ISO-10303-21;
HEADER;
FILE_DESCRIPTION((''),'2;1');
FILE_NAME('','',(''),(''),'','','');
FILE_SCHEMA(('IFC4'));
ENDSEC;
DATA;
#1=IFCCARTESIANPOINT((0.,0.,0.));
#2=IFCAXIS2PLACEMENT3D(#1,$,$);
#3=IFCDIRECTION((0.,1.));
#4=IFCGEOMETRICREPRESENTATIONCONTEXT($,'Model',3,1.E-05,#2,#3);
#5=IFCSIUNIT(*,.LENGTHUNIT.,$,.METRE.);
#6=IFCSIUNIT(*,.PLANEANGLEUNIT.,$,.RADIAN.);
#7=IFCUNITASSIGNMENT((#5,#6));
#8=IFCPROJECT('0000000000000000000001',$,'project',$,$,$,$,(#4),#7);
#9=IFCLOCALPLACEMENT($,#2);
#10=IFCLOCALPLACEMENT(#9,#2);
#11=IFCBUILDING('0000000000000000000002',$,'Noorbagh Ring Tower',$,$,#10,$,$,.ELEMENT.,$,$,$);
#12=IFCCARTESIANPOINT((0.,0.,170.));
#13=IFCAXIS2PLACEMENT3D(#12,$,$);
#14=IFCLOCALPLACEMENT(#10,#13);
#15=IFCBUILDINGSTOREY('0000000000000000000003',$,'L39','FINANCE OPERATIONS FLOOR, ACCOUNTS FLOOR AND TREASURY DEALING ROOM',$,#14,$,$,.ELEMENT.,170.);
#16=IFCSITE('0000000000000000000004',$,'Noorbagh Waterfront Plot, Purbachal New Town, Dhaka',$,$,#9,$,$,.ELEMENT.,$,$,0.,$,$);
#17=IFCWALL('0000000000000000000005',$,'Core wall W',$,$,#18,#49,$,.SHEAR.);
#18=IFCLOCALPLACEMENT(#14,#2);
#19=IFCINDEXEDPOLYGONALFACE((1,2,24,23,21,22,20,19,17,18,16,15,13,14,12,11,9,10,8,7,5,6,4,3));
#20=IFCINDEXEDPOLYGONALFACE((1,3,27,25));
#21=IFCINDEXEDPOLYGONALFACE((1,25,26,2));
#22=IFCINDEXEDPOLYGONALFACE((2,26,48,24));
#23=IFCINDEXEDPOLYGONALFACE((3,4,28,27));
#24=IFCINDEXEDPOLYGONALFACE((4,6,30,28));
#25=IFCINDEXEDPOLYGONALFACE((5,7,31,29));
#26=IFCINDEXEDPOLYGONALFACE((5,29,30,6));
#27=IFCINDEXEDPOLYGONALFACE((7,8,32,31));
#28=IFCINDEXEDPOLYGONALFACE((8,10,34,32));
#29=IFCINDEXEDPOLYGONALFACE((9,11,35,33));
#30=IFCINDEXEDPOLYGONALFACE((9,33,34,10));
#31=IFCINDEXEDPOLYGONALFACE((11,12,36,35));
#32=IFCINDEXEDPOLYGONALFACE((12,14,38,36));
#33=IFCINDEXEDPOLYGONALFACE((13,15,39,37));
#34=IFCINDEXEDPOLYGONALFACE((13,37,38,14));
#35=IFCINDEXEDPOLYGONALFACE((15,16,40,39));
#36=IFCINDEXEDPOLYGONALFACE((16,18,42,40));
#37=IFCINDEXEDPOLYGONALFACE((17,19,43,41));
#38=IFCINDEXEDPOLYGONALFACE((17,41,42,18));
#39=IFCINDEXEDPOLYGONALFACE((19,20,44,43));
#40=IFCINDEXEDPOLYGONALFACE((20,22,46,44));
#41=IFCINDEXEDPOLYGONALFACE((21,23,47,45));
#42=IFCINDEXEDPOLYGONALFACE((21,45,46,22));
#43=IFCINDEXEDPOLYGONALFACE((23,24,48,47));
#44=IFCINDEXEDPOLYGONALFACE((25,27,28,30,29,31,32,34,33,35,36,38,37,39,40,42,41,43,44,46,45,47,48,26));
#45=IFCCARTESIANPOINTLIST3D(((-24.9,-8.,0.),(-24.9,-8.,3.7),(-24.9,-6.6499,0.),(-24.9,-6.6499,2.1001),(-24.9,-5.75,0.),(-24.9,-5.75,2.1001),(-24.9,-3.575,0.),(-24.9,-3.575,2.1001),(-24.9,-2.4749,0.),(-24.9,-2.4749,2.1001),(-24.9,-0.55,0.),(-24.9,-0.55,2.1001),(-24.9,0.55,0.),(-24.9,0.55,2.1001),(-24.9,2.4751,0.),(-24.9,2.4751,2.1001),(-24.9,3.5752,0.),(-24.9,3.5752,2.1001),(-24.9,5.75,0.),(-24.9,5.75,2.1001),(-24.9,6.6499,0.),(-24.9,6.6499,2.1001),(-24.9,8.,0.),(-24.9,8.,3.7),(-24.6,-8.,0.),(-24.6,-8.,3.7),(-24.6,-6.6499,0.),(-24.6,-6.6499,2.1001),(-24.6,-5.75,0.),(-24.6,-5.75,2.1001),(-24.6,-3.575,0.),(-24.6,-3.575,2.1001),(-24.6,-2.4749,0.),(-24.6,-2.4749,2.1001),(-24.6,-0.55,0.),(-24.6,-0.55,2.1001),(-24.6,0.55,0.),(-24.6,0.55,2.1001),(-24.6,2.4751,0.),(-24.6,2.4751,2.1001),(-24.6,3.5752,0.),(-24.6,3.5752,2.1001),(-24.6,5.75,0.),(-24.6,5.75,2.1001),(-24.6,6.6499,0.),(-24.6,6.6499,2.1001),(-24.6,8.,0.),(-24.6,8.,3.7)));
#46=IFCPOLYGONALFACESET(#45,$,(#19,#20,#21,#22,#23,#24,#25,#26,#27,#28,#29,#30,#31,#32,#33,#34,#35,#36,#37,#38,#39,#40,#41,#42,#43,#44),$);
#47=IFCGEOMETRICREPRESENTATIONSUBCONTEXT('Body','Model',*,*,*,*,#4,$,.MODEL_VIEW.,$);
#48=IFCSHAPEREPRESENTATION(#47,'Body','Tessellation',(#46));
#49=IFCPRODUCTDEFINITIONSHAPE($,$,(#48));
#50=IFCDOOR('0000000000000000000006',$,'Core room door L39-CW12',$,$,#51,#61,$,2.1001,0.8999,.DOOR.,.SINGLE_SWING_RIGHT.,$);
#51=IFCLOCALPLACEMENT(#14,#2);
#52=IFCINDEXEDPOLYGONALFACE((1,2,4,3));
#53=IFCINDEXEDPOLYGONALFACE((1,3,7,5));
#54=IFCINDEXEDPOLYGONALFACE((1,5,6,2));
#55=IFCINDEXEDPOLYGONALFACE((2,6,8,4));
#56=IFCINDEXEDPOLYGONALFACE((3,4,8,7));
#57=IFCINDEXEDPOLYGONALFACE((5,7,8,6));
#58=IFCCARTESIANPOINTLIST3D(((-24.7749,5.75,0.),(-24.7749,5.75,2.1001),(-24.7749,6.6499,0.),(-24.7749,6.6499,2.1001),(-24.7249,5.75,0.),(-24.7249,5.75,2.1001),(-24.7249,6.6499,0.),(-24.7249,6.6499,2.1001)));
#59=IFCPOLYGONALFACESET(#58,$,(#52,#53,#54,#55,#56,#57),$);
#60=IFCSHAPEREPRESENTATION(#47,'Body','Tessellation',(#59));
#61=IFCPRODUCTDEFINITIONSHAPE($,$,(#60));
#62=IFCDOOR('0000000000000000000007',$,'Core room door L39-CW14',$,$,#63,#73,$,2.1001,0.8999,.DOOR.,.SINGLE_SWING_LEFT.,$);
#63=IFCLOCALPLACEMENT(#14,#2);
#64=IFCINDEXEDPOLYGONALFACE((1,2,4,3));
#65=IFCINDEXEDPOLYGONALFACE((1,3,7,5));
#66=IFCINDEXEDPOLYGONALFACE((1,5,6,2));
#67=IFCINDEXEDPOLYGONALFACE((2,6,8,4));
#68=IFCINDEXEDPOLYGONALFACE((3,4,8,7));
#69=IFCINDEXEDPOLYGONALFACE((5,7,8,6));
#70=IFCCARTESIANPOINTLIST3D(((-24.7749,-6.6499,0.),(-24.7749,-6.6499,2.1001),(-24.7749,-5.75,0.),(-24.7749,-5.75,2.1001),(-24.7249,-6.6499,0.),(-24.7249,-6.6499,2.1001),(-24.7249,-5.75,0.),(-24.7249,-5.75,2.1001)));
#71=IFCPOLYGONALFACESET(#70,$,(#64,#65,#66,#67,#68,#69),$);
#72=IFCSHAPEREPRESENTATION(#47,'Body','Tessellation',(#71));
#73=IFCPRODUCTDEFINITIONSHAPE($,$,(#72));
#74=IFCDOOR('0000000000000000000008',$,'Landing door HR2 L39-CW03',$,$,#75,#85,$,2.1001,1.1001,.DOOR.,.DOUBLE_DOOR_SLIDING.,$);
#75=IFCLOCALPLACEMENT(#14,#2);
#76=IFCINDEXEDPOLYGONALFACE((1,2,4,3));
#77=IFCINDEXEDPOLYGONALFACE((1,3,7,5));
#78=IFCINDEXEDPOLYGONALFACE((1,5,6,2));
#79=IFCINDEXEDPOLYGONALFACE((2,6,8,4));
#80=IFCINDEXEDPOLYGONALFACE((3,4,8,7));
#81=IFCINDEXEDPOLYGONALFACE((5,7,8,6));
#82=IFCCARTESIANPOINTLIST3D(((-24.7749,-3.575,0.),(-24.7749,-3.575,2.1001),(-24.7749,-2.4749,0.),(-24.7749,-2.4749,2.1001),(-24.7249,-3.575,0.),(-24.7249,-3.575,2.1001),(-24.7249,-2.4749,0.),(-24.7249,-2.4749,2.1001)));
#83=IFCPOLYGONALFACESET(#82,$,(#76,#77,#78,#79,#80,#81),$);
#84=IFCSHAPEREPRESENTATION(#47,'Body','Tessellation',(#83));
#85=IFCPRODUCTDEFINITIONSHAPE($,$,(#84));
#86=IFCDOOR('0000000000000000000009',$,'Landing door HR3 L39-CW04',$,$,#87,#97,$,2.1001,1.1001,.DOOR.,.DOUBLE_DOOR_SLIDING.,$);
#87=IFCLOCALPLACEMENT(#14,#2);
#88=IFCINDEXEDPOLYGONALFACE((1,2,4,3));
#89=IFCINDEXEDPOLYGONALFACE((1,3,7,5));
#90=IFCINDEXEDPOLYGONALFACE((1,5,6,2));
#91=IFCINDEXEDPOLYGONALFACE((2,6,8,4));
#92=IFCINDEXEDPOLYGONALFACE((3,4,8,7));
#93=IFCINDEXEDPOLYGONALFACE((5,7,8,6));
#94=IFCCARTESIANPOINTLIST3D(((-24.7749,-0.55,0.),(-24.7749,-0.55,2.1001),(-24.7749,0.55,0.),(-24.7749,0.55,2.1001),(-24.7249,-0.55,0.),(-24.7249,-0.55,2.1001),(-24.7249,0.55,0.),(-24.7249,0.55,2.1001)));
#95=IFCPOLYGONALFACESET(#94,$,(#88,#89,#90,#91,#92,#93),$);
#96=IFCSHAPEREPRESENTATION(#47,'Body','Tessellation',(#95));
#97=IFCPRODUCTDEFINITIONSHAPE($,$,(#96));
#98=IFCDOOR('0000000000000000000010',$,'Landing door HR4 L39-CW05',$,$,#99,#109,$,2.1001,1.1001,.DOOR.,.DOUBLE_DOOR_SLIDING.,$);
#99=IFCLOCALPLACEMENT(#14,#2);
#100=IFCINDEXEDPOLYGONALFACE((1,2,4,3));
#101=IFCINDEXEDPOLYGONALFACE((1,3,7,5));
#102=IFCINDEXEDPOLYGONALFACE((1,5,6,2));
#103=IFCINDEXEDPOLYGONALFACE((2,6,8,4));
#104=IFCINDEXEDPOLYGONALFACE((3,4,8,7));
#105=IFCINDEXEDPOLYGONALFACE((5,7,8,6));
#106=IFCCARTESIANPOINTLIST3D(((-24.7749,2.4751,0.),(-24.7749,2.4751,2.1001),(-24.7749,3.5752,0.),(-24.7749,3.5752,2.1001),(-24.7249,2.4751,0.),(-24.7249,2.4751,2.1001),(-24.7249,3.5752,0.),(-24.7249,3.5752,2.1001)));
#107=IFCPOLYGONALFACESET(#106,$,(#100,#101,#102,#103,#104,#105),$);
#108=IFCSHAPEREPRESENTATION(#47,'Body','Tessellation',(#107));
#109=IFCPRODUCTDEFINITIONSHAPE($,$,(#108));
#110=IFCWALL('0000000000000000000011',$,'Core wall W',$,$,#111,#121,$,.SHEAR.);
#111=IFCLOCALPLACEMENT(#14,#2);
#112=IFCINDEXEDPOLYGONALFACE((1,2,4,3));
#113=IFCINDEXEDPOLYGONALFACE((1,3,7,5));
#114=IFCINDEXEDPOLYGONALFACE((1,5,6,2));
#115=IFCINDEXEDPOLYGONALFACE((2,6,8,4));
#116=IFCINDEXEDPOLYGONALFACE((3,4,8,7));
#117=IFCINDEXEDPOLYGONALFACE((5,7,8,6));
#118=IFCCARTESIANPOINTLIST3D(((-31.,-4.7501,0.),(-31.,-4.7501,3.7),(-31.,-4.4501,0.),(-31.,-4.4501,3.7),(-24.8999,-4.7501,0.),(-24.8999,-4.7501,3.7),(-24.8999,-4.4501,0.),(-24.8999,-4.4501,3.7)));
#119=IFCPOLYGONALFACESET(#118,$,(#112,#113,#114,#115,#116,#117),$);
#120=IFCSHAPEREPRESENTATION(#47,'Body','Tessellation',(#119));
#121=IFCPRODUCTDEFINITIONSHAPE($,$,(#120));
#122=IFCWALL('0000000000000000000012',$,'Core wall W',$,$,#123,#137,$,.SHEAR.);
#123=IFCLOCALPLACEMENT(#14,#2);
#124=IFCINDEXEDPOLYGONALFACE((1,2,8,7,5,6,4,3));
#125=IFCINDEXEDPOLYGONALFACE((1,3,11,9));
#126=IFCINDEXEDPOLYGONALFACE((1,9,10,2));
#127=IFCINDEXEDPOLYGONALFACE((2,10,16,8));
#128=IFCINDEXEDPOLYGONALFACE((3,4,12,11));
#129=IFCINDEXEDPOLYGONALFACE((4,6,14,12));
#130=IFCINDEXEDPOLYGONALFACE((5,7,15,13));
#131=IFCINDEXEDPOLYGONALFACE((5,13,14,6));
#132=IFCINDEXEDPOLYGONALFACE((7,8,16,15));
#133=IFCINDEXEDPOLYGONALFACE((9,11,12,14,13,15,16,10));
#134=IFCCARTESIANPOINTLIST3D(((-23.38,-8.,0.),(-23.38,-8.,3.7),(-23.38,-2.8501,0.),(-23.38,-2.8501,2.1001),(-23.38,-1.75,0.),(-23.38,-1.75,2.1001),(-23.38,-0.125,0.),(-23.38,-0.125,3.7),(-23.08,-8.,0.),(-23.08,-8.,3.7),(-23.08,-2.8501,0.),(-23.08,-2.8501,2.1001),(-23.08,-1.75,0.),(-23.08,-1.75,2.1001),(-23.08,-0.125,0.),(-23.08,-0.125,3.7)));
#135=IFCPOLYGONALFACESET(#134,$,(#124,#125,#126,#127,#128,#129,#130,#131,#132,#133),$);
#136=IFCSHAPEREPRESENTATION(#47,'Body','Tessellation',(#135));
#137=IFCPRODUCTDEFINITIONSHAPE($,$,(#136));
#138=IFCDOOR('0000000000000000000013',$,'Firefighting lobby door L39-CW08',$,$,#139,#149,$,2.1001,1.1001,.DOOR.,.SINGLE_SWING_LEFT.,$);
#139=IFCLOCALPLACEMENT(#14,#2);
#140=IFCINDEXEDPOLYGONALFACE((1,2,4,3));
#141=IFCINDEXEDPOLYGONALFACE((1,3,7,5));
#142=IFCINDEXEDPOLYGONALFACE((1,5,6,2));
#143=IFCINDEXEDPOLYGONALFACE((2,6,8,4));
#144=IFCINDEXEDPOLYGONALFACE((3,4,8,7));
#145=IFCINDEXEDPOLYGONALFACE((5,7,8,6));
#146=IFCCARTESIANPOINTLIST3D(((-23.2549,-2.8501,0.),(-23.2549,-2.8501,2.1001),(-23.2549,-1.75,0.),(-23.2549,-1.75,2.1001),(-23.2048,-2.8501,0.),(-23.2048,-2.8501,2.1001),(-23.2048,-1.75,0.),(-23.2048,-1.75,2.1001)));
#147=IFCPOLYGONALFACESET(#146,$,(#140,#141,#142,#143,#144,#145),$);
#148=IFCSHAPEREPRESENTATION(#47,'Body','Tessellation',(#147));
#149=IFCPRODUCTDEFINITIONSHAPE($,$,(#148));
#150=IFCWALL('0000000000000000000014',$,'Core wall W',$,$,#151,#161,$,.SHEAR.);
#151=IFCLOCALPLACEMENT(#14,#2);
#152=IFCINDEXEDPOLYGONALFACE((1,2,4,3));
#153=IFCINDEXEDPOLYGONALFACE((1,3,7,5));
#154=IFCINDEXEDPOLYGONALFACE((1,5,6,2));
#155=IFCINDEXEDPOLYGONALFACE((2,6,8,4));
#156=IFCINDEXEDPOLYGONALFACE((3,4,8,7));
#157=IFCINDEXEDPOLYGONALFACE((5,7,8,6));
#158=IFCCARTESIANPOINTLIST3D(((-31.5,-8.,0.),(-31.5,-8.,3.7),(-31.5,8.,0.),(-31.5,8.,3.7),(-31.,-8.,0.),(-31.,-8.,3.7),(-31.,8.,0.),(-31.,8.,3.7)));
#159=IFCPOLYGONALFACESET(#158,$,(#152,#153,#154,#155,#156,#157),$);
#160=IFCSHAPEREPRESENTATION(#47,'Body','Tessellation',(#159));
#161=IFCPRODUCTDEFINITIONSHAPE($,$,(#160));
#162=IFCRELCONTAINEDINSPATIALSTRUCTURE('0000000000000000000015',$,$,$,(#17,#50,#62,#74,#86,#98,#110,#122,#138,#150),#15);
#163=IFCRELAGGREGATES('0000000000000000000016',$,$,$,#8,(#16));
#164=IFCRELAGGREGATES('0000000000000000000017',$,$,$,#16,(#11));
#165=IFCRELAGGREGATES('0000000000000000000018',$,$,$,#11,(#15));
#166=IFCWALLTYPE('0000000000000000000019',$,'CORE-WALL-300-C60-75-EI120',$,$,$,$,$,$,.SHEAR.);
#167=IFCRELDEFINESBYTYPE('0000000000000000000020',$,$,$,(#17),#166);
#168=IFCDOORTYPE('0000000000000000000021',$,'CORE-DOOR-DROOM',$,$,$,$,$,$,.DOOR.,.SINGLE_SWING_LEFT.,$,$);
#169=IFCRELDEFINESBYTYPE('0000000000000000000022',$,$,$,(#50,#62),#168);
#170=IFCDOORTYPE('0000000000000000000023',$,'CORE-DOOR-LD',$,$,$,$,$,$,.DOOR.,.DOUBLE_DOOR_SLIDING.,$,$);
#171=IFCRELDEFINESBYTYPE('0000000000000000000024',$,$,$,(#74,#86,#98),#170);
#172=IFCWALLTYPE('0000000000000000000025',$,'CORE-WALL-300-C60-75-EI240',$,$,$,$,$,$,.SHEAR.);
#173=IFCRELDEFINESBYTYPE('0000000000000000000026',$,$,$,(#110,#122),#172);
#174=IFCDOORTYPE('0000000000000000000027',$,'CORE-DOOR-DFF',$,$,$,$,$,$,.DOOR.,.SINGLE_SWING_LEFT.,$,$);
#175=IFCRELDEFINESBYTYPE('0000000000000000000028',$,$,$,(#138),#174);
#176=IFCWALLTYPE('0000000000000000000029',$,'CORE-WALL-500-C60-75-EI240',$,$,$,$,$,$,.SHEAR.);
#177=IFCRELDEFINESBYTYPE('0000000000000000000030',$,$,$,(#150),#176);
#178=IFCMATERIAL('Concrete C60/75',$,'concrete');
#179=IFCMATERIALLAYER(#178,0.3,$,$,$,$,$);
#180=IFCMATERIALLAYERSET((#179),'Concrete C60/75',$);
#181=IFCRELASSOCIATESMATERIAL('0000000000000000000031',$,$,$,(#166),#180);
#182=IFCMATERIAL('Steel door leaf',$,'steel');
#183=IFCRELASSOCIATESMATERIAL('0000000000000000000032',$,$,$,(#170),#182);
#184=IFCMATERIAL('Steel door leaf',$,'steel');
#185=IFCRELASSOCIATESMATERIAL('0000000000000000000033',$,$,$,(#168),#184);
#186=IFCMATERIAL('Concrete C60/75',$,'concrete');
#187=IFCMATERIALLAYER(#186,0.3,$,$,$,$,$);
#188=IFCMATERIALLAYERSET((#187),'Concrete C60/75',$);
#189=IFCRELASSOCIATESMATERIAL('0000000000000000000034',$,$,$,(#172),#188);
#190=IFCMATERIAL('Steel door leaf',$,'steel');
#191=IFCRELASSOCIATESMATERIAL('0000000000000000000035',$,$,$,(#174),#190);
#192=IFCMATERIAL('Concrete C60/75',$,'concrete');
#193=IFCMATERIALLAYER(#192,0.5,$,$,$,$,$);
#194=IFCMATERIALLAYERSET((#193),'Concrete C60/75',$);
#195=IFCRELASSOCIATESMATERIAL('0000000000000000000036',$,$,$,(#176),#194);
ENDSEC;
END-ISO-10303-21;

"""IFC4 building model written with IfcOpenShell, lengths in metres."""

from ifc_helpers import new_model, si_unit, direction, frame, frame_2d, origin, place, context, subcontext, project, spatial, rectangle, extrude, material, layer, layer_set, type_object, element, fill, save


model = new_model("IFC4")

# Units and contexts
model_context = context("Model", 3, precision=1e-05, world=origin(), true_north=direction((0.0, 1.0)))
body_context = subcontext(model_context, "Body", "Model", "MODEL_VIEW")
ifc_project = project(units=[si_unit("LENGTHUNIT", "METRE"), si_unit("PLANEANGLEUNIT", "RADIAN")], contexts=[model_context])

# Site, building, storey
site_placement = place(None, origin())
site = spatial("IfcSite", under=ifc_project, at=site_placement, Name="Noorbagh Waterfront Plot, Purbachal New Town, Dhaka", CompositionType="ELEMENT", RefElevation=0.0)
building_placement = place(site_placement, origin())
building = spatial("IfcBuilding", under=site, at=building_placement, Name="Noorbagh Ring Tower", CompositionType="ELEMENT")
storey_placement = place(building_placement, frame((0.0, 0.0, 170.0)))
storey = spatial("IfcBuildingStorey", under=building, at=storey_placement, Name="L39", Description="FINANCE OPERATIONS FLOOR, ACCOUNTS FLOOR AND TREASURY DEALING ROOM", CompositionType="ELEMENT", Elevation=170.0)

# Shared definitions
ifc_material_1 = material(Name="Concrete C60/75", Category="concrete")
ifc_layer_1 = layer(ifc_material_1, 0.3)
ifc_layer_set_1 = layer_set([ifc_layer_1], Name="Concrete C60/75")
wall_type_1 = type_object("IfcWallType", Name="CORE-WALL-300-C60-75-EI120", PredefinedType="SHEAR", material=ifc_layer_set_1)

# Wall, openings, doors
ifc_material_2 = material(Name="Steel door leaf", Category="steel")
door_type_1 = type_object("IfcDoorType", Name="CORE-DOOR-LD", OperationType="DOUBLE_DOOR_SLIDING", PredefinedType="DOOR", material=ifc_material_2)
wall_1_placement = place(storey_placement, frame((-24.75, -8.0, 0.0), z_axis=(0.0, 0.0, 1.0), x_axis=(0.0, 1.0, 0.0)))
wall_1 = element("IfcWall", 1, at=wall_1_placement, inside=storey, type_object=wall_type_1, Name="Core wall W", PredefinedType="SHEAR", context=body_context, shape_type="SweptSolid", body=[
    extrude(rectangle(XDim=16.0, YDim=0.3, at=frame_2d((8.0, 0.0))), origin(), (0.0, 0.0, 1.0), 3.7),
])
opening_1_placement = place(wall_1_placement, frame((4.425, 0.0, 0.0)))
opening_1 = element("IfcOpeningElement", 2, at=opening_1_placement, cuts=wall_1, PredefinedType="OPENING", context=body_context, shape_type="SweptSolid", body=[
    extrude(rectangle(XDim=1.1001, YDim=2.1001, at=frame_2d((0.55, 1.05))), frame((0.0, 0.1602, 0.0), z_axis=(0.0, -1.0, 0.0), x_axis=(1.0, 0.0, 0.0)), (0.0, 0.0, 1.0), 0.3201),
])
opening_2_placement = place(wall_1_placement, frame((7.45, 0.0, 0.0)))
opening_2 = element("IfcOpeningElement", 3, at=opening_2_placement, cuts=wall_1, PredefinedType="OPENING", context=body_context, shape_type="SweptSolid", body=[
    extrude(rectangle(XDim=1.1001, YDim=2.1001, at=frame_2d((0.55, 1.05))), frame((0.0, 0.1602, 0.0), z_axis=(0.0, -1.0, 0.0), x_axis=(1.0, 0.0, 0.0)), (0.0, 0.0, 1.0), 0.3201),
])
opening_3_placement = place(wall_1_placement, frame((10.4751, 0.0, 0.0)))
opening_3 = element("IfcOpeningElement", 4, at=opening_3_placement, cuts=wall_1, PredefinedType="OPENING", context=body_context, shape_type="SweptSolid", body=[
    extrude(rectangle(XDim=1.1001, YDim=2.1001, at=frame_2d((0.55, 1.05))), frame((0.0, 0.1602, 0.0), z_axis=(0.0, -1.0, 0.0), x_axis=(1.0, 0.0, 0.0)), (0.0, 0.0, 1.0), 0.3201),
])
opening_4_placement = place(wall_1_placement, frame((13.75, 0.0, 0.0)))
opening_4 = element("IfcOpeningElement", 5, at=opening_4_placement, cuts=wall_1, PredefinedType="OPENING", context=body_context, shape_type="SweptSolid", body=[
    extrude(rectangle(XDim=0.8999, YDim=2.1001, at=frame_2d((0.45, 1.05))), frame((0.0, 0.1602, 0.0), z_axis=(0.0, -1.0, 0.0), x_axis=(1.0, 0.0, 0.0)), (0.0, 0.0, 1.0), 0.3201),
])
opening_5_placement = place(wall_1_placement, frame((1.3501, 0.0, 0.0)))
opening_5 = element("IfcOpeningElement", 6, at=opening_5_placement, cuts=wall_1, PredefinedType="OPENING", context=body_context, shape_type="SweptSolid", body=[
    extrude(rectangle(XDim=0.8999, YDim=2.1001, at=frame_2d((0.45, 1.05))), frame((0.0, 0.1602, 0.0), z_axis=(0.0, -1.0, 0.0), x_axis=(1.0, 0.0, 0.0)), (0.0, 0.0, 1.0), 0.3201),
])
ifc_material_3 = material(Name="Steel door leaf", Category="steel")
door_type_2 = type_object("IfcDoorType", Name="CORE-DOOR-DROOM", OperationType="SINGLE_SWING_LEFT", PredefinedType="DOOR", material=ifc_material_3)
door_1_placement = place(opening_4_placement, origin())
door_1 = element("IfcDoor", 7, at=door_1_placement, inside=storey, type_object=door_type_2, Name="Core room door L39-CW12", OperationType="SINGLE_SWING_RIGHT", OverallHeight=2.1001, OverallWidth=0.8999, PredefinedType="DOOR", context=body_context, shape_type="SweptSolid", body=[
    extrude(rectangle(XDim=0.8999, YDim=2.1001, at=frame_2d((0.45, 1.05))), frame((0.0, 0.0249, 0.0), z_axis=(0.0, -1.0, 0.0), x_axis=(1.0, 0.0, 0.0)), (0.0, 0.0, 1.0), 0.05),
])
fill(opening_4, door_1)
door_2_placement = place(opening_5_placement, origin())
door_2 = element("IfcDoor", 8, at=door_2_placement, inside=storey, type_object=door_type_2, Name="Core room door L39-CW14", OperationType="SINGLE_SWING_LEFT", OverallHeight=2.1001, OverallWidth=0.8999, PredefinedType="DOOR", context=body_context, shape_type="SweptSolid", body=[
    extrude(rectangle(XDim=0.8999, YDim=2.1001, at=frame_2d((0.45, 1.05))), frame((0.0, 0.0249, 0.0), z_axis=(0.0, -1.0, 0.0), x_axis=(1.0, 0.0, 0.0)), (0.0, 0.0, 1.0), 0.05),
])
fill(opening_5, door_2)
door_3_placement = place(opening_1_placement, origin())
door_3 = element("IfcDoor", 9, at=door_3_placement, inside=storey, type_object=door_type_1, Name="Landing door HR2 L39-CW03", OperationType="DOUBLE_DOOR_SLIDING", OverallHeight=2.1001, OverallWidth=1.1001, PredefinedType="DOOR", context=body_context, shape_type="SweptSolid", body=[
    extrude(rectangle(XDim=1.1001, YDim=2.1001, at=frame_2d((0.55, 1.05))), frame((0.0, 0.0249, 0.0), z_axis=(0.0, -1.0, 0.0), x_axis=(1.0, 0.0, 0.0)), (0.0, 0.0, 1.0), 0.05),
])
fill(opening_1, door_3)
door_4_placement = place(opening_2_placement, origin())
door_4 = element("IfcDoor", 10, at=door_4_placement, inside=storey, type_object=door_type_1, Name="Landing door HR3 L39-CW04", OperationType="DOUBLE_DOOR_SLIDING", OverallHeight=2.1001, OverallWidth=1.1001, PredefinedType="DOOR", context=body_context, shape_type="SweptSolid", body=[
    extrude(rectangle(XDim=1.1001, YDim=2.1001, at=frame_2d((0.55, 1.05))), frame((0.0, 0.0249, 0.0), z_axis=(0.0, -1.0, 0.0), x_axis=(1.0, 0.0, 0.0)), (0.0, 0.0, 1.0), 0.05),
])
fill(opening_2, door_4)
door_5_placement = place(opening_3_placement, origin())
door_5 = element("IfcDoor", 11, at=door_5_placement, inside=storey, type_object=door_type_1, Name="Landing door HR4 L39-CW05", OperationType="DOUBLE_DOOR_SLIDING", OverallHeight=2.1001, OverallWidth=1.1001, PredefinedType="DOOR", context=body_context, shape_type="SweptSolid", body=[
    extrude(rectangle(XDim=1.1001, YDim=2.1001, at=frame_2d((0.55, 1.05))), frame((0.0, 0.0249, 0.0), z_axis=(0.0, -1.0, 0.0), x_axis=(1.0, 0.0, 0.0)), (0.0, 0.0, 1.0), 0.05),
])
fill(opening_3, door_5)

# Wall
ifc_material_4 = material(Name="Concrete C60/75", Category="concrete")
ifc_layer_2 = layer(ifc_material_4, 0.3)
ifc_layer_set_2 = layer_set([ifc_layer_2], Name="Concrete C60/75")
wall_type_2 = type_object("IfcWallType", Name="CORE-WALL-300-C60-75-EI240", PredefinedType="SHEAR", material=ifc_layer_set_2)
wall_2_placement = place(storey_placement, frame((-24.8999, -4.6001, 0.0), z_axis=(0.0, 0.0, 1.0), x_axis=(-1.0, 0.0, 0.0)))
element("IfcWall", 12, at=wall_2_placement, inside=storey, type_object=wall_type_2, Name="Core wall W", PredefinedType="SHEAR", context=body_context, shape_type="SweptSolid", body=[
    extrude(rectangle(XDim=6.1001, YDim=0.3, at=frame_2d((3.05, 0.0))), origin(), (0.0, 0.0, 1.0), 3.7),
])

# Wall, opening, door
wall_3_placement = place(storey_placement, frame((-23.23, -8.0, 0.0), z_axis=(0.0, 0.0, 1.0), x_axis=(0.0, 1.0, 0.0)))
wall_3 = element("IfcWall", 13, at=wall_3_placement, inside=storey, type_object=wall_type_2, Name="Core wall W", PredefinedType="SHEAR", context=body_context, shape_type="SweptSolid", body=[
    extrude(rectangle(XDim=7.875, YDim=0.3, at=frame_2d((3.9375, 0.0))), origin(), (0.0, 0.0, 1.0), 3.7),
])
opening_6_placement = place(wall_3_placement, frame((5.1499, 0.0, 0.0)))
opening_6 = element("IfcOpeningElement", 14, at=opening_6_placement, cuts=wall_3, PredefinedType="OPENING", context=body_context, shape_type="SweptSolid", body=[
    extrude(rectangle(XDim=1.1001, YDim=2.1001, at=frame_2d((0.55, 1.05))), frame((0.0, 0.1602, 0.0), z_axis=(0.0, -1.0, 0.0), x_axis=(1.0, 0.0, 0.0)), (0.0, 0.0, 1.0), 0.3201),
])
ifc_material_5 = material(Name="Steel door leaf", Category="steel")
door_type_3 = type_object("IfcDoorType", Name="CORE-DOOR-DFF", OperationType="SINGLE_SWING_LEFT", PredefinedType="DOOR", material=ifc_material_5)
door_6_placement = place(opening_6_placement, origin())
door_6 = element("IfcDoor", 15, at=door_6_placement, inside=storey, type_object=door_type_3, Name="Firefighting lobby door L39-CW08", OperationType="SINGLE_SWING_LEFT", OverallHeight=2.1001, OverallWidth=1.1001, PredefinedType="DOOR", context=body_context, shape_type="SweptSolid", body=[
    extrude(rectangle(XDim=1.1001, YDim=2.1001, at=frame_2d((0.55, 1.05))), frame((0.0, 0.0249, 0.0), z_axis=(0.0, -1.0, 0.0), x_axis=(1.0, 0.0, 0.0)), (0.0, 0.0, 1.0), 0.05),
])
fill(opening_6, door_6)

# Wall
ifc_material_6 = material(Name="Concrete C60/75", Category="concrete")
ifc_layer_3 = layer(ifc_material_6, 0.5)
ifc_layer_set_3 = layer_set([ifc_layer_3], Name="Concrete C60/75")
wall_type_3 = type_object("IfcWallType", Name="CORE-WALL-500-C60-75-EI240", PredefinedType="SHEAR", material=ifc_layer_set_3)
wall_4_placement = place(storey_placement, frame((-31.25, -8.0, 0.0), z_axis=(0.0, 0.0, 1.0), x_axis=(0.0, 1.0, 0.0)))
element("IfcWall", 16, at=wall_4_placement, inside=storey, type_object=wall_type_3, Name="Core wall W", PredefinedType="SHEAR", context=body_context, shape_type="SweptSolid", body=[
    extrude(rectangle(XDim=16.0, YDim=0.5, at=frame_2d((8.0, 0.0))), origin(), (0.0, 0.0, 1.0), 3.7),
])

save(model, "model.ifc")
